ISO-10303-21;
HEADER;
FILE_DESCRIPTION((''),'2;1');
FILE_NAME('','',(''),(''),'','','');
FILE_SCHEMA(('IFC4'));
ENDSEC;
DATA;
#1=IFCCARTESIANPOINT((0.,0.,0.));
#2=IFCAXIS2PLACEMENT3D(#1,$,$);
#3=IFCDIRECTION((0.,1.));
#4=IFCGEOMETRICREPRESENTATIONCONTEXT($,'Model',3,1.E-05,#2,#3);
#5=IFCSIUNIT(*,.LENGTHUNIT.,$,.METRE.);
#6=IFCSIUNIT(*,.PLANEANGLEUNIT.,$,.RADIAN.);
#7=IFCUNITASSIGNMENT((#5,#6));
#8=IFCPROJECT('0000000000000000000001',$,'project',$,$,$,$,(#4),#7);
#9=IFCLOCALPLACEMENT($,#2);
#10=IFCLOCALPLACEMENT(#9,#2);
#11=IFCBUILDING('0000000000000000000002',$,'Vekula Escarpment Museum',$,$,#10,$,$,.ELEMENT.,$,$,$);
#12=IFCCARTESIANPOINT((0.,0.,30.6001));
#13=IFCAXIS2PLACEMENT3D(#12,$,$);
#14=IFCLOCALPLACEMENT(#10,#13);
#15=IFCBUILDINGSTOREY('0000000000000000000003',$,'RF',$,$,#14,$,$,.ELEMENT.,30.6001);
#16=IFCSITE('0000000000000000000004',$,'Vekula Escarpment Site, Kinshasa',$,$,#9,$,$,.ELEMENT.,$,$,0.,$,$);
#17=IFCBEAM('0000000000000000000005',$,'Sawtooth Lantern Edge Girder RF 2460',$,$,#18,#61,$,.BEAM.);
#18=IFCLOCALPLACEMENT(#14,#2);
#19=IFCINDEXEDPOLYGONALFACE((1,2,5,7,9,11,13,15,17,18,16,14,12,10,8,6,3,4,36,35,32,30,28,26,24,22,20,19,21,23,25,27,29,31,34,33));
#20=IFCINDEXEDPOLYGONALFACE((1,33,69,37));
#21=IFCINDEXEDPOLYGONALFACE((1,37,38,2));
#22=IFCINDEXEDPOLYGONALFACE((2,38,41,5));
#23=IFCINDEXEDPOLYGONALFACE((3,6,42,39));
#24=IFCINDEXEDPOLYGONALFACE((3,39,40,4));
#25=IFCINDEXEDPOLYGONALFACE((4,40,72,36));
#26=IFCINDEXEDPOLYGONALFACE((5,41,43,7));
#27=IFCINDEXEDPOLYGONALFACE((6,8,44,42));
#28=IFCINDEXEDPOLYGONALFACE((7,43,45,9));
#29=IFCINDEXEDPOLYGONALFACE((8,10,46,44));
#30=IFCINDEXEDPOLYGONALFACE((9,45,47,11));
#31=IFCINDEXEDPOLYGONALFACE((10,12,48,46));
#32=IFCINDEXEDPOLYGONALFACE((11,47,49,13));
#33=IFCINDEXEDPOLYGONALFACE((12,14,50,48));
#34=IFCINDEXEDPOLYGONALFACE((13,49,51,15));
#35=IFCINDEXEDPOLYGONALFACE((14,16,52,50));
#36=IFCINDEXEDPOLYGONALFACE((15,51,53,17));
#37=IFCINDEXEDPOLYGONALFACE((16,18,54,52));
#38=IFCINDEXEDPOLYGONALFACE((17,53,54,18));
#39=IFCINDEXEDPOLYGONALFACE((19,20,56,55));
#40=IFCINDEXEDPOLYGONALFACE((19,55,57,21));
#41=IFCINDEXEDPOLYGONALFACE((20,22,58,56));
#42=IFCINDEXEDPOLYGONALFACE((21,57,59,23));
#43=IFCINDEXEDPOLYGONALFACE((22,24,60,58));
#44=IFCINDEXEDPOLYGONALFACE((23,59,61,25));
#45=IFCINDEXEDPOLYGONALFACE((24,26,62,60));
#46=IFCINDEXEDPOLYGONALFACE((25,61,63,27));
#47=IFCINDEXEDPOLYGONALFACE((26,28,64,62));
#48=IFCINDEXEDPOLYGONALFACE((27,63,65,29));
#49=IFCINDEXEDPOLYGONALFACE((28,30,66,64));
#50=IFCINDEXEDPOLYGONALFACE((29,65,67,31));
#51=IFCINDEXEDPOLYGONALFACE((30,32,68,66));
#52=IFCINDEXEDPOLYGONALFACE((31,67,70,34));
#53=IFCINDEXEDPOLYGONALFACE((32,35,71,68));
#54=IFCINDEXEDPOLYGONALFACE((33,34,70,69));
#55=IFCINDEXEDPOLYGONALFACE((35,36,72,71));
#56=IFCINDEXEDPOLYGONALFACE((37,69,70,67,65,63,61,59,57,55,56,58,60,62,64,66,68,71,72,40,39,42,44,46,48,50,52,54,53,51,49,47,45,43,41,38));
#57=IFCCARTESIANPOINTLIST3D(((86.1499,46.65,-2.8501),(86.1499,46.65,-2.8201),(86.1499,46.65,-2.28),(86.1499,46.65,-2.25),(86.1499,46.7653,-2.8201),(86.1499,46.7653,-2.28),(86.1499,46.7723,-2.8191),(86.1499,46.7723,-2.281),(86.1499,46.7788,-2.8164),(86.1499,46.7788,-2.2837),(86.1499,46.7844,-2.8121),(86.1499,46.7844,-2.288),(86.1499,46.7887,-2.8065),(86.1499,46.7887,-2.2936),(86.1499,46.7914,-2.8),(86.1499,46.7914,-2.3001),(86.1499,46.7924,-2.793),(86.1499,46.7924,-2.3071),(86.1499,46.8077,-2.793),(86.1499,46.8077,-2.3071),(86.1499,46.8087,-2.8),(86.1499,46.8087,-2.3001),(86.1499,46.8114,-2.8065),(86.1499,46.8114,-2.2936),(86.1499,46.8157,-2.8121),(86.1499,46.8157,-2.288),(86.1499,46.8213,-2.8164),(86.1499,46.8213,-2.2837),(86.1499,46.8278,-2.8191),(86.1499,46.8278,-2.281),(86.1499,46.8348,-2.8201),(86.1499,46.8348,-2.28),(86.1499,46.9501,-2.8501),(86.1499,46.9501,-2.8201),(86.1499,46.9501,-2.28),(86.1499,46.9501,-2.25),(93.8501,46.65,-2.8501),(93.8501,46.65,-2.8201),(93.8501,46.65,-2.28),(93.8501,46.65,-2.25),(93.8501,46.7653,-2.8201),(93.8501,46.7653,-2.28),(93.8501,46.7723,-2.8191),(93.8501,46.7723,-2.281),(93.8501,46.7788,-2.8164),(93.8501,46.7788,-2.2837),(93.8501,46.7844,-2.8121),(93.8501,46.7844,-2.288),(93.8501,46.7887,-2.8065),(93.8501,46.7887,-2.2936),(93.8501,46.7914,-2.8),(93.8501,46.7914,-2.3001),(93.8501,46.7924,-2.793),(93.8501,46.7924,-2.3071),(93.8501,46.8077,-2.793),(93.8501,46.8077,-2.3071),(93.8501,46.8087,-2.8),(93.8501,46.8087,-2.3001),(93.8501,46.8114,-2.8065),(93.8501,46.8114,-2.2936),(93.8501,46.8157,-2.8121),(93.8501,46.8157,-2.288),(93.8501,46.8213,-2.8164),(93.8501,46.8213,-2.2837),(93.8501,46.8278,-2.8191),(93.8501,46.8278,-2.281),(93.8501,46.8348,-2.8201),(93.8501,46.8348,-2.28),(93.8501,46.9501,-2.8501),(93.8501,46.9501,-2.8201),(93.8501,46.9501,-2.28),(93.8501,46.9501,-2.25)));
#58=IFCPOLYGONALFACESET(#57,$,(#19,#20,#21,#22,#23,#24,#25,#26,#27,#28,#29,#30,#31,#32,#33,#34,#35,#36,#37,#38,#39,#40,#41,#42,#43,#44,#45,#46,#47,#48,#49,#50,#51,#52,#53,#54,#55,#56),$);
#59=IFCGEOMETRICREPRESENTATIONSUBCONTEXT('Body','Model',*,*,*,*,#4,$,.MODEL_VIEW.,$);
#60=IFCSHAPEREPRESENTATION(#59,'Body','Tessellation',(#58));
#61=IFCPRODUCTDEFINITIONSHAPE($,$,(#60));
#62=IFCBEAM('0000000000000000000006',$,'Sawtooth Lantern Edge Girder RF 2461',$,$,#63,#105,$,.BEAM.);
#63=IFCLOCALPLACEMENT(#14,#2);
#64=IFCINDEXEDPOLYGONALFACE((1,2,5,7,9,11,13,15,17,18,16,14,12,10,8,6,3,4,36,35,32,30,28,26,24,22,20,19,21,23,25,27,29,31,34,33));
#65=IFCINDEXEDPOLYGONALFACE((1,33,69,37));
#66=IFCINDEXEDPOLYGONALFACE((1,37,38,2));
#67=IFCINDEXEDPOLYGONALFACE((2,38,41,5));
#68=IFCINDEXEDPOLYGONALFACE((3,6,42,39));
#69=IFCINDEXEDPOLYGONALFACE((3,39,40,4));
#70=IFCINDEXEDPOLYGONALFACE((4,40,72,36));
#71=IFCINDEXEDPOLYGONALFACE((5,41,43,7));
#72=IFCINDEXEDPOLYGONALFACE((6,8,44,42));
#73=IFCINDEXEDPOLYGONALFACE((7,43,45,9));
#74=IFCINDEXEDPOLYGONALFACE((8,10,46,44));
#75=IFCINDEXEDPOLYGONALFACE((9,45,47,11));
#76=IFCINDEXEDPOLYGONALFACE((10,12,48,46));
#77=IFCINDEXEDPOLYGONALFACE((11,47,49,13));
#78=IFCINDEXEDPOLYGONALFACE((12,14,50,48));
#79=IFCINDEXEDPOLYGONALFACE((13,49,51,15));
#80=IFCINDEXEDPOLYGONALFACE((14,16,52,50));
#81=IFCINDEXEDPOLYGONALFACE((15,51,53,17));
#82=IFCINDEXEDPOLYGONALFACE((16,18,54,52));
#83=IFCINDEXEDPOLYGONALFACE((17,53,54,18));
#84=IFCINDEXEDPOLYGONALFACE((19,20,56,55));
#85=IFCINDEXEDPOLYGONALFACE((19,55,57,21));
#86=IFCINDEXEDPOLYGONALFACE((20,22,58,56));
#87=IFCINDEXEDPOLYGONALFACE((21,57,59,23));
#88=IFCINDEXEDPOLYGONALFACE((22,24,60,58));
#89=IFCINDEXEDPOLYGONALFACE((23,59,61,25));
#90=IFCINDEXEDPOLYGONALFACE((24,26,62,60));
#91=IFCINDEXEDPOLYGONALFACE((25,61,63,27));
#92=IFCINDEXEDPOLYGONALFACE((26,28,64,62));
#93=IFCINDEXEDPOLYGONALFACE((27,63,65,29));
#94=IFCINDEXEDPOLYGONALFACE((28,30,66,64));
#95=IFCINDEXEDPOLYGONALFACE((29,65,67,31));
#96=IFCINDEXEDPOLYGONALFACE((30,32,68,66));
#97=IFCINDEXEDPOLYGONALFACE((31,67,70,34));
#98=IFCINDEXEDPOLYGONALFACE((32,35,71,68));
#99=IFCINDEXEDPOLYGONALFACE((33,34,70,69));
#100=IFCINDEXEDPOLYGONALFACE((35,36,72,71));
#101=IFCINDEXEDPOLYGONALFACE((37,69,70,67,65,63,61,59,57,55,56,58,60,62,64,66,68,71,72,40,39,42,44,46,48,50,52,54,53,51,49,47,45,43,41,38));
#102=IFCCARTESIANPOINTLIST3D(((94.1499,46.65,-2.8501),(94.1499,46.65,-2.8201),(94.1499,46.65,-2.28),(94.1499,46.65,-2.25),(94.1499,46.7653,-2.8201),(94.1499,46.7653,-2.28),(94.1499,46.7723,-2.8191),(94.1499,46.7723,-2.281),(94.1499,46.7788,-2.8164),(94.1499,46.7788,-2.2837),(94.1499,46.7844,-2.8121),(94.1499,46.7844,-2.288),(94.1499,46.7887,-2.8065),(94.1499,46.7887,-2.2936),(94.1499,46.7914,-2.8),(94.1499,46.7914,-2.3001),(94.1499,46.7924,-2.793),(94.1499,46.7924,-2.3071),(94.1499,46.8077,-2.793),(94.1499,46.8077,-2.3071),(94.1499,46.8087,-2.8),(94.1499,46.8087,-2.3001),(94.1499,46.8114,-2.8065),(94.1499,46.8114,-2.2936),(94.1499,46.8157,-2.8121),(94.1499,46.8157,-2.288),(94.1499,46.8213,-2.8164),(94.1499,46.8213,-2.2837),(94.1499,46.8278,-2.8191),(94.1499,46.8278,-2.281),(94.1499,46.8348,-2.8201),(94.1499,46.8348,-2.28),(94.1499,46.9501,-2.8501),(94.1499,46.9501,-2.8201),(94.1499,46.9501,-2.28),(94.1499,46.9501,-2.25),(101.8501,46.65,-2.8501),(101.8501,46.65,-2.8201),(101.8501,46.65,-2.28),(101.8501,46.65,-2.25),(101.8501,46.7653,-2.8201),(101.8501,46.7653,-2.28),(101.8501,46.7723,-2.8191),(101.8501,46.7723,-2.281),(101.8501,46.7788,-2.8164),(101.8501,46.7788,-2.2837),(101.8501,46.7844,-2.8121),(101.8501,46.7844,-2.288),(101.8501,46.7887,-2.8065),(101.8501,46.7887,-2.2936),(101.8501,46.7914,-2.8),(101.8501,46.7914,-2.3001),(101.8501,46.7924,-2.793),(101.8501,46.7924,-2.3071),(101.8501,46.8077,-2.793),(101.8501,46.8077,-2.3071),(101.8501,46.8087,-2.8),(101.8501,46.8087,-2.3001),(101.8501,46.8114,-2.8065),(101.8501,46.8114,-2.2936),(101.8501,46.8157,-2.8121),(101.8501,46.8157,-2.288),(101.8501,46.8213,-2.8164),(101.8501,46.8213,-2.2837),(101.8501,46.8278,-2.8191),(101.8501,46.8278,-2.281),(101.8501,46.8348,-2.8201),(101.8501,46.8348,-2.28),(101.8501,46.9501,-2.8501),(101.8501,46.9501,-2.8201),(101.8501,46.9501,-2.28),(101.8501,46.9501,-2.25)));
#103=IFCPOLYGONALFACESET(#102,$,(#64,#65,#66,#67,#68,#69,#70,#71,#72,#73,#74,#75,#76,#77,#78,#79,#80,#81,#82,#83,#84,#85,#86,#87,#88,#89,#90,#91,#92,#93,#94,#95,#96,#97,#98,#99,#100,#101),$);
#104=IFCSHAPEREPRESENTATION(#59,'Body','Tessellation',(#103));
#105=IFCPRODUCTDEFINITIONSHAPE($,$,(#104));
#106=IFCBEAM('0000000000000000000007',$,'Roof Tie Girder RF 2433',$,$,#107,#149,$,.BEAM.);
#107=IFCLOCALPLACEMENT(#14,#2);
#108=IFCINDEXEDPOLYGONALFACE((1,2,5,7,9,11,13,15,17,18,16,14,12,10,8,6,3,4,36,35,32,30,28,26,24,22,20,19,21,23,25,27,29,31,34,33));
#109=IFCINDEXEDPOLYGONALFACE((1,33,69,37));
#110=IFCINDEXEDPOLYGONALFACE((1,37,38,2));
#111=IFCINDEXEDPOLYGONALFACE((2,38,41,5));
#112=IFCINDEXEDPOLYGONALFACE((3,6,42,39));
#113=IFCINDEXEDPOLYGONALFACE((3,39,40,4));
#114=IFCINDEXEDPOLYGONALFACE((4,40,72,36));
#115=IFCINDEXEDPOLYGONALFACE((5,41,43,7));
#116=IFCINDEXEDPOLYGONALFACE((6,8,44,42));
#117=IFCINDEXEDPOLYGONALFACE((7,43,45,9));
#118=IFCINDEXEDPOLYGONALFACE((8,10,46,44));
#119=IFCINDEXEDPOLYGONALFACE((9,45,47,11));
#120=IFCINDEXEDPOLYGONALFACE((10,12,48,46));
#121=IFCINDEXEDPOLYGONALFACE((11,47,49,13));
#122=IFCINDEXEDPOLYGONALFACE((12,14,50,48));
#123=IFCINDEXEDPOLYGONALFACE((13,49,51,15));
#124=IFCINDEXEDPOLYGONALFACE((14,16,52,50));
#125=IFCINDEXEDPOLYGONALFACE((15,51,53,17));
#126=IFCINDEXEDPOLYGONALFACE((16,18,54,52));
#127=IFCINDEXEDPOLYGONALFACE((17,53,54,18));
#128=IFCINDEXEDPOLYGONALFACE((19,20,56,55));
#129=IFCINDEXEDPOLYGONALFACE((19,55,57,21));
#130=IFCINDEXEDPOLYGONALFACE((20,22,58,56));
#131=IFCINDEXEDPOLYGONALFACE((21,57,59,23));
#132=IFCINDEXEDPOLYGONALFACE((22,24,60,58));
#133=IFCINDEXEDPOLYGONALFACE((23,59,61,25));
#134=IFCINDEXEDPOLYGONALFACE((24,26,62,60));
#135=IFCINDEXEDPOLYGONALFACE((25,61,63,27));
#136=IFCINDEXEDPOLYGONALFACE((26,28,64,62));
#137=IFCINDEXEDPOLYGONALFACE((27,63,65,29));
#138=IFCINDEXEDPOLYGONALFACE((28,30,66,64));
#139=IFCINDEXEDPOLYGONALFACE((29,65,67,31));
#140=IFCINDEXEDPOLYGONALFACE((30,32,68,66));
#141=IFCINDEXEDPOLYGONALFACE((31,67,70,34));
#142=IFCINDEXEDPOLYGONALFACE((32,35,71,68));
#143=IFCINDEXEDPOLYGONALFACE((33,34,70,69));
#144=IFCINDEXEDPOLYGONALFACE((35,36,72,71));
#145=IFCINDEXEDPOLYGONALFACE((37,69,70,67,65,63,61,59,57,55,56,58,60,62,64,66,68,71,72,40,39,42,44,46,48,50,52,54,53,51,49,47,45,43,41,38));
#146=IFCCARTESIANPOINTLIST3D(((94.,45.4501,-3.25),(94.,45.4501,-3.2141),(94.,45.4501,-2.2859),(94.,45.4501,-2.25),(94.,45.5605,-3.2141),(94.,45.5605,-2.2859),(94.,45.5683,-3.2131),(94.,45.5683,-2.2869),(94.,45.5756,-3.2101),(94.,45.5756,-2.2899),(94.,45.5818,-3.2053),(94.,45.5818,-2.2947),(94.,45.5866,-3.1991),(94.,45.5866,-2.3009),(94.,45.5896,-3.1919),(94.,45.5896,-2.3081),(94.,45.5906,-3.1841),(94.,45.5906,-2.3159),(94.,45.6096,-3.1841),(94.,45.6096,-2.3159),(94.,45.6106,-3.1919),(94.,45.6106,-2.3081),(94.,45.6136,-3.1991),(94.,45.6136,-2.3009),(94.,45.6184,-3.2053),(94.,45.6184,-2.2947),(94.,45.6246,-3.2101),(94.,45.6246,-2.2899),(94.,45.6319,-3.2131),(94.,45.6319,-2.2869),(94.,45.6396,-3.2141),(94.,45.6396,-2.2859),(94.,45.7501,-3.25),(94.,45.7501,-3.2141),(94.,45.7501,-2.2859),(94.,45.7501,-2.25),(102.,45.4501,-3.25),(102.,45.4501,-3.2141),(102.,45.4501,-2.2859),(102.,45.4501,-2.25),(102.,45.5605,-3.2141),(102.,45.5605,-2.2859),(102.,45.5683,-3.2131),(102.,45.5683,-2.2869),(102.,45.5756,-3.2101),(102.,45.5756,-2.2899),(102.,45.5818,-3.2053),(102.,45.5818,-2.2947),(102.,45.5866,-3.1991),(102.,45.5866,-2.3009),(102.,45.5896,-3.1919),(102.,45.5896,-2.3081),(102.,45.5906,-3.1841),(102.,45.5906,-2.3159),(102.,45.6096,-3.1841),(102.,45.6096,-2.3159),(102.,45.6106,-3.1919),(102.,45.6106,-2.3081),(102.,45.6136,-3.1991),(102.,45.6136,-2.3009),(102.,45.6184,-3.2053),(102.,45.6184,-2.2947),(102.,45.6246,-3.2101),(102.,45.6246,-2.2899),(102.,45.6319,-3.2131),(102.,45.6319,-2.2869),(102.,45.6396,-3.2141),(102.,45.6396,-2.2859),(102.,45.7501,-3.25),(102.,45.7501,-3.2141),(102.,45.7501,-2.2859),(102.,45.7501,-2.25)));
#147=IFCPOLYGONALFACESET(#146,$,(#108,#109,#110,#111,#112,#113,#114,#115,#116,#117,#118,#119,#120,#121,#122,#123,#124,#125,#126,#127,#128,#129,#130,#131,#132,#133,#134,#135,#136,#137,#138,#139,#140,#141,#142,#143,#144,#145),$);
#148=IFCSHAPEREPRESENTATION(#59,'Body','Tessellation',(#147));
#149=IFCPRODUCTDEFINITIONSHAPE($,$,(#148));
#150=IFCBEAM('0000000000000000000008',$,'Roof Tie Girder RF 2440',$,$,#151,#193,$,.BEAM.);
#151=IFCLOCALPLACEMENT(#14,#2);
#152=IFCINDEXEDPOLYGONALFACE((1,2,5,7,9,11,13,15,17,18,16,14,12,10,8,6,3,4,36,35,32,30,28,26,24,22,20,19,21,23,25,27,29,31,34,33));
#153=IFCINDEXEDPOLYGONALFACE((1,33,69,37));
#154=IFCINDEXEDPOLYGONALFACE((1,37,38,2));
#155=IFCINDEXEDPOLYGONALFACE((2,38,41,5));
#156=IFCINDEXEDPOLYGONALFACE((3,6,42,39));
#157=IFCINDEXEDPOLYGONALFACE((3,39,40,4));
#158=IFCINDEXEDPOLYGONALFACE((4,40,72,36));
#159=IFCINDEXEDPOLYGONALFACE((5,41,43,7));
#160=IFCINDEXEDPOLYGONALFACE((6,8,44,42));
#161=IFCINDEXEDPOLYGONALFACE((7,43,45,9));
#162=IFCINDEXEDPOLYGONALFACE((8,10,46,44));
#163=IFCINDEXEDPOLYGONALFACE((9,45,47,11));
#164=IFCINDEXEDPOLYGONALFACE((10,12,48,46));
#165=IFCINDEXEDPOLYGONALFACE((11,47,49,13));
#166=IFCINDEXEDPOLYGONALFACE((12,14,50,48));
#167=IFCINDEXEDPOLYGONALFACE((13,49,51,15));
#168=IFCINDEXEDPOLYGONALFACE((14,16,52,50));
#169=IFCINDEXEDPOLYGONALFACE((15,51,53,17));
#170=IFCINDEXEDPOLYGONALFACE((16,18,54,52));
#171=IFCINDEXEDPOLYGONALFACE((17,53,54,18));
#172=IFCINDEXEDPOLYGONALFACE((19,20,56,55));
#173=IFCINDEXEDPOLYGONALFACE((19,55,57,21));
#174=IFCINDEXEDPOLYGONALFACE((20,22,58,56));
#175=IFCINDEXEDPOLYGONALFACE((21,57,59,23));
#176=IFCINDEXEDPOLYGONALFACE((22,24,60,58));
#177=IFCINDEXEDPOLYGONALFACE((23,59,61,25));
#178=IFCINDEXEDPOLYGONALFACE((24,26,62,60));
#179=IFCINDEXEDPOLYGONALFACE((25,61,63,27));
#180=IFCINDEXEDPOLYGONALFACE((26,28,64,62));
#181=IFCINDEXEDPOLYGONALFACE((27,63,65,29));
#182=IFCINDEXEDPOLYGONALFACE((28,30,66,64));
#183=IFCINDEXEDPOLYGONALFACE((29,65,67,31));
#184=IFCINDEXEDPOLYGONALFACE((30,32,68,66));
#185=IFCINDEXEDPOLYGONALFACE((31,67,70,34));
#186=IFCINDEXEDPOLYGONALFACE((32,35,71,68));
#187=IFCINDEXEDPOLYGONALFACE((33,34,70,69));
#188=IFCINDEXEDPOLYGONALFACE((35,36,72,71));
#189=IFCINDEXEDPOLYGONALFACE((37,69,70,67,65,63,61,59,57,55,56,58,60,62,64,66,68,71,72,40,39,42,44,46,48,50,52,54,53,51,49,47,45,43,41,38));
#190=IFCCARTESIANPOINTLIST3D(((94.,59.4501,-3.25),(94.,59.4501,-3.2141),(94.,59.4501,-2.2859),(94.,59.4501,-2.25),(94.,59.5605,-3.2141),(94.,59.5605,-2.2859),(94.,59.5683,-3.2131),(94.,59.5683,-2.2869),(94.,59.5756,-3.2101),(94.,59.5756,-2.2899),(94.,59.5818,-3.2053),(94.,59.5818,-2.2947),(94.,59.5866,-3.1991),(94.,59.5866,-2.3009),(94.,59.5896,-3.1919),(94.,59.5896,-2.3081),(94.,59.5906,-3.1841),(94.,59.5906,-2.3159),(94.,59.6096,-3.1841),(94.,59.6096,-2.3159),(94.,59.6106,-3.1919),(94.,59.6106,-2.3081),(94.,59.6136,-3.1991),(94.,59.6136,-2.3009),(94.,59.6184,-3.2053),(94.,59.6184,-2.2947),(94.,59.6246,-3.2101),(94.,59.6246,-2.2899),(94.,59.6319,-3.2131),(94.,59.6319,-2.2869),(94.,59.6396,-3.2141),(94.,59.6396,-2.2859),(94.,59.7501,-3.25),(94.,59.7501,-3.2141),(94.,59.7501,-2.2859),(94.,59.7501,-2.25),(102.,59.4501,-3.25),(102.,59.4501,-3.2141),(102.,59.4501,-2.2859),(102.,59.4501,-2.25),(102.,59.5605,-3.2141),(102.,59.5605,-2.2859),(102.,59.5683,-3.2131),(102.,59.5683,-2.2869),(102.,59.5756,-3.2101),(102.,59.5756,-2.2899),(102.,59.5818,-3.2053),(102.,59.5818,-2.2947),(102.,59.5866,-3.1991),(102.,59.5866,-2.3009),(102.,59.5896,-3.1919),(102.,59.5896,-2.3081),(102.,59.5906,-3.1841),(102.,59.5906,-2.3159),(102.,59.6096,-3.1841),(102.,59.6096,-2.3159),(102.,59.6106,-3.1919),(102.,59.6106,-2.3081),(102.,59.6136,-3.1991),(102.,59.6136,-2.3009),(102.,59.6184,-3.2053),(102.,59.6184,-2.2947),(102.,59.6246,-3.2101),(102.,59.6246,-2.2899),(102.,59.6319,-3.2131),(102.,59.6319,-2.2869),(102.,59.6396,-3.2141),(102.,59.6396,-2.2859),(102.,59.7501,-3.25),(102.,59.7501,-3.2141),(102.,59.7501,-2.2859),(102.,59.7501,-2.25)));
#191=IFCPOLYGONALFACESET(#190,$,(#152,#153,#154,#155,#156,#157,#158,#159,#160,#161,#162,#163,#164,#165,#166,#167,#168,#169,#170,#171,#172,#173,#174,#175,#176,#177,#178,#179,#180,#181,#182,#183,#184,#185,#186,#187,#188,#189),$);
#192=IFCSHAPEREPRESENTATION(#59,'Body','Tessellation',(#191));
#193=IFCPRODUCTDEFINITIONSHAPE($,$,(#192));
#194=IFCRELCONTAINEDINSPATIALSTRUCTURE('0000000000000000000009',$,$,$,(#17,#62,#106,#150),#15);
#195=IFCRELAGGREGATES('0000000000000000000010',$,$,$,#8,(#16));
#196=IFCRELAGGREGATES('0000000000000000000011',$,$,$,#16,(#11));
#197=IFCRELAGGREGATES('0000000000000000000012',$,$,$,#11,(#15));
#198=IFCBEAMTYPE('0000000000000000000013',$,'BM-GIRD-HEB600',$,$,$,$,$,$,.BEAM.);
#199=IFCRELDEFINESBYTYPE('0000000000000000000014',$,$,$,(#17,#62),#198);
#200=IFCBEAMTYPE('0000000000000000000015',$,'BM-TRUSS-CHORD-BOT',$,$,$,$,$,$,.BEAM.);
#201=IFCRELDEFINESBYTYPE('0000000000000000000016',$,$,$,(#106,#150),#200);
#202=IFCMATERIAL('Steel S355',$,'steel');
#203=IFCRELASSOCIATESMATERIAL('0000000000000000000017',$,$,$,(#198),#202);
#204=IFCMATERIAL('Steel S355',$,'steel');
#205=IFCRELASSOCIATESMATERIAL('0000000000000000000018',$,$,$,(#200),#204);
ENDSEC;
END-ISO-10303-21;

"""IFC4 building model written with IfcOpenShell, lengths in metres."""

from ifc_helpers import new_model, si_unit, direction, frame, origin, origin_2d, place, context, subcontext, project, spatial, i_section, extrude, material, material_profile, profile_set, type_object, element, save


model = new_model("IFC4")

# Units and contexts
model_context = context("Model", 3, precision=1e-05, world=origin(), true_north=direction((0.0, 1.0)))
body_context = subcontext(model_context, "Body", "Model", "MODEL_VIEW")
ifc_project = project(units=[si_unit("LENGTHUNIT", "METRE"), si_unit("PLANEANGLEUNIT", "RADIAN")], contexts=[model_context])

# Site, building, storey
site_placement = place(None, origin())
site = spatial("IfcSite", under=ifc_project, at=site_placement, Name="Vekula Escarpment Site, Kinshasa", CompositionType="ELEMENT", RefElevation=0.0)
building_placement = place(site_placement, origin())
building = spatial("IfcBuilding", under=site, at=building_placement, Name="Vekula Escarpment Museum", CompositionType="ELEMENT")
storey_placement = place(building_placement, frame((0.0, 0.0, 30.6001)))
storey = spatial("IfcBuildingStorey", under=building, at=storey_placement, Name="RF", CompositionType="ELEMENT", Elevation=30.6001)

# Beams
ifc_material_1 = material(Name="Steel S355", Category="steel")
ifc_material_profile_1 = material_profile(ifc_material_1, i_section(OverallWidth=0.3, OverallDepth=0.6001, WebThickness=0.0154, FlangeThickness=0.03, FilletRadius=0.0271, at=origin_2d()), Name="HEB 600")
ifc_profile_set_1 = profile_set([ifc_material_profile_1], Name="Steel S355")
beam_type_1 = type_object("IfcBeamType", Name="BM-GIRD-HEB600", PredefinedType="BEAM", material=ifc_profile_set_1)
for number, where, z_axis, x_axis, name in (
    (1, (86.1499, 46.8, -2.55), (1.0, 0.0, 0.0), (0.0, 1.0, 0.0), "Sawtooth Lantern Edge Girder RF 2460"),
    (2, (94.1499, 46.8, -2.55), (1.0, 0.0, 0.0), (0.0, 1.0, 0.0), "Sawtooth Lantern Edge Girder RF 2461"),
):
    element("IfcBeam", number, at=place(storey_placement, frame(where, z_axis=z_axis, x_axis=x_axis)), inside=storey, type_object=beam_type_1, Name=name, PredefinedType="BEAM", context=body_context, shape_type="SweptSolid", body=[
        extrude(i_section(OverallWidth=0.3, OverallDepth=0.6001, WebThickness=0.0154, FlangeThickness=0.03, FilletRadius=0.0271, at=origin_2d()), origin(), (0.0, 0.0, 1.0), 7.7002),
    ])
ifc_material_2 = material(Name="Steel S355", Category="steel")
ifc_material_profile_2 = material_profile(ifc_material_2, i_section(OverallWidth=0.3, OverallDepth=1.0, WebThickness=0.019, FlangeThickness=0.0359, FilletRadius=0.03, at=origin_2d()), Name="HEB 1000")
ifc_profile_set_2 = profile_set([ifc_material_profile_2], Name="Steel S355")
beam_type_2 = type_object("IfcBeamType", Name="BM-TRUSS-CHORD-BOT", PredefinedType="BEAM", material=ifc_profile_set_2)
for number, where, z_axis, x_axis, name in (
    (3, (94.0, 45.6001, -2.75), (1.0, 0.0, 0.0), (0.0, 1.0, 0.0), "Roof Tie Girder RF 2433"),
    (4, (94.0, 59.6001, -2.75), (1.0, 0.0, 0.0), (0.0, 1.0, 0.0), "Roof Tie Girder RF 2440"),
):
    element("IfcBeam", number, at=place(storey_placement, frame(where, z_axis=z_axis, x_axis=x_axis)), inside=storey, type_object=beam_type_2, Name=name, PredefinedType="BEAM", context=body_context, shape_type="SweptSolid", body=[
        extrude(i_section(OverallWidth=0.3, OverallDepth=1.0, WebThickness=0.019, FlangeThickness=0.0359, FilletRadius=0.03, at=origin_2d()), origin(), (0.0, 0.0, 1.0), 8.0),
    ])

save(model, "model.ifc")
